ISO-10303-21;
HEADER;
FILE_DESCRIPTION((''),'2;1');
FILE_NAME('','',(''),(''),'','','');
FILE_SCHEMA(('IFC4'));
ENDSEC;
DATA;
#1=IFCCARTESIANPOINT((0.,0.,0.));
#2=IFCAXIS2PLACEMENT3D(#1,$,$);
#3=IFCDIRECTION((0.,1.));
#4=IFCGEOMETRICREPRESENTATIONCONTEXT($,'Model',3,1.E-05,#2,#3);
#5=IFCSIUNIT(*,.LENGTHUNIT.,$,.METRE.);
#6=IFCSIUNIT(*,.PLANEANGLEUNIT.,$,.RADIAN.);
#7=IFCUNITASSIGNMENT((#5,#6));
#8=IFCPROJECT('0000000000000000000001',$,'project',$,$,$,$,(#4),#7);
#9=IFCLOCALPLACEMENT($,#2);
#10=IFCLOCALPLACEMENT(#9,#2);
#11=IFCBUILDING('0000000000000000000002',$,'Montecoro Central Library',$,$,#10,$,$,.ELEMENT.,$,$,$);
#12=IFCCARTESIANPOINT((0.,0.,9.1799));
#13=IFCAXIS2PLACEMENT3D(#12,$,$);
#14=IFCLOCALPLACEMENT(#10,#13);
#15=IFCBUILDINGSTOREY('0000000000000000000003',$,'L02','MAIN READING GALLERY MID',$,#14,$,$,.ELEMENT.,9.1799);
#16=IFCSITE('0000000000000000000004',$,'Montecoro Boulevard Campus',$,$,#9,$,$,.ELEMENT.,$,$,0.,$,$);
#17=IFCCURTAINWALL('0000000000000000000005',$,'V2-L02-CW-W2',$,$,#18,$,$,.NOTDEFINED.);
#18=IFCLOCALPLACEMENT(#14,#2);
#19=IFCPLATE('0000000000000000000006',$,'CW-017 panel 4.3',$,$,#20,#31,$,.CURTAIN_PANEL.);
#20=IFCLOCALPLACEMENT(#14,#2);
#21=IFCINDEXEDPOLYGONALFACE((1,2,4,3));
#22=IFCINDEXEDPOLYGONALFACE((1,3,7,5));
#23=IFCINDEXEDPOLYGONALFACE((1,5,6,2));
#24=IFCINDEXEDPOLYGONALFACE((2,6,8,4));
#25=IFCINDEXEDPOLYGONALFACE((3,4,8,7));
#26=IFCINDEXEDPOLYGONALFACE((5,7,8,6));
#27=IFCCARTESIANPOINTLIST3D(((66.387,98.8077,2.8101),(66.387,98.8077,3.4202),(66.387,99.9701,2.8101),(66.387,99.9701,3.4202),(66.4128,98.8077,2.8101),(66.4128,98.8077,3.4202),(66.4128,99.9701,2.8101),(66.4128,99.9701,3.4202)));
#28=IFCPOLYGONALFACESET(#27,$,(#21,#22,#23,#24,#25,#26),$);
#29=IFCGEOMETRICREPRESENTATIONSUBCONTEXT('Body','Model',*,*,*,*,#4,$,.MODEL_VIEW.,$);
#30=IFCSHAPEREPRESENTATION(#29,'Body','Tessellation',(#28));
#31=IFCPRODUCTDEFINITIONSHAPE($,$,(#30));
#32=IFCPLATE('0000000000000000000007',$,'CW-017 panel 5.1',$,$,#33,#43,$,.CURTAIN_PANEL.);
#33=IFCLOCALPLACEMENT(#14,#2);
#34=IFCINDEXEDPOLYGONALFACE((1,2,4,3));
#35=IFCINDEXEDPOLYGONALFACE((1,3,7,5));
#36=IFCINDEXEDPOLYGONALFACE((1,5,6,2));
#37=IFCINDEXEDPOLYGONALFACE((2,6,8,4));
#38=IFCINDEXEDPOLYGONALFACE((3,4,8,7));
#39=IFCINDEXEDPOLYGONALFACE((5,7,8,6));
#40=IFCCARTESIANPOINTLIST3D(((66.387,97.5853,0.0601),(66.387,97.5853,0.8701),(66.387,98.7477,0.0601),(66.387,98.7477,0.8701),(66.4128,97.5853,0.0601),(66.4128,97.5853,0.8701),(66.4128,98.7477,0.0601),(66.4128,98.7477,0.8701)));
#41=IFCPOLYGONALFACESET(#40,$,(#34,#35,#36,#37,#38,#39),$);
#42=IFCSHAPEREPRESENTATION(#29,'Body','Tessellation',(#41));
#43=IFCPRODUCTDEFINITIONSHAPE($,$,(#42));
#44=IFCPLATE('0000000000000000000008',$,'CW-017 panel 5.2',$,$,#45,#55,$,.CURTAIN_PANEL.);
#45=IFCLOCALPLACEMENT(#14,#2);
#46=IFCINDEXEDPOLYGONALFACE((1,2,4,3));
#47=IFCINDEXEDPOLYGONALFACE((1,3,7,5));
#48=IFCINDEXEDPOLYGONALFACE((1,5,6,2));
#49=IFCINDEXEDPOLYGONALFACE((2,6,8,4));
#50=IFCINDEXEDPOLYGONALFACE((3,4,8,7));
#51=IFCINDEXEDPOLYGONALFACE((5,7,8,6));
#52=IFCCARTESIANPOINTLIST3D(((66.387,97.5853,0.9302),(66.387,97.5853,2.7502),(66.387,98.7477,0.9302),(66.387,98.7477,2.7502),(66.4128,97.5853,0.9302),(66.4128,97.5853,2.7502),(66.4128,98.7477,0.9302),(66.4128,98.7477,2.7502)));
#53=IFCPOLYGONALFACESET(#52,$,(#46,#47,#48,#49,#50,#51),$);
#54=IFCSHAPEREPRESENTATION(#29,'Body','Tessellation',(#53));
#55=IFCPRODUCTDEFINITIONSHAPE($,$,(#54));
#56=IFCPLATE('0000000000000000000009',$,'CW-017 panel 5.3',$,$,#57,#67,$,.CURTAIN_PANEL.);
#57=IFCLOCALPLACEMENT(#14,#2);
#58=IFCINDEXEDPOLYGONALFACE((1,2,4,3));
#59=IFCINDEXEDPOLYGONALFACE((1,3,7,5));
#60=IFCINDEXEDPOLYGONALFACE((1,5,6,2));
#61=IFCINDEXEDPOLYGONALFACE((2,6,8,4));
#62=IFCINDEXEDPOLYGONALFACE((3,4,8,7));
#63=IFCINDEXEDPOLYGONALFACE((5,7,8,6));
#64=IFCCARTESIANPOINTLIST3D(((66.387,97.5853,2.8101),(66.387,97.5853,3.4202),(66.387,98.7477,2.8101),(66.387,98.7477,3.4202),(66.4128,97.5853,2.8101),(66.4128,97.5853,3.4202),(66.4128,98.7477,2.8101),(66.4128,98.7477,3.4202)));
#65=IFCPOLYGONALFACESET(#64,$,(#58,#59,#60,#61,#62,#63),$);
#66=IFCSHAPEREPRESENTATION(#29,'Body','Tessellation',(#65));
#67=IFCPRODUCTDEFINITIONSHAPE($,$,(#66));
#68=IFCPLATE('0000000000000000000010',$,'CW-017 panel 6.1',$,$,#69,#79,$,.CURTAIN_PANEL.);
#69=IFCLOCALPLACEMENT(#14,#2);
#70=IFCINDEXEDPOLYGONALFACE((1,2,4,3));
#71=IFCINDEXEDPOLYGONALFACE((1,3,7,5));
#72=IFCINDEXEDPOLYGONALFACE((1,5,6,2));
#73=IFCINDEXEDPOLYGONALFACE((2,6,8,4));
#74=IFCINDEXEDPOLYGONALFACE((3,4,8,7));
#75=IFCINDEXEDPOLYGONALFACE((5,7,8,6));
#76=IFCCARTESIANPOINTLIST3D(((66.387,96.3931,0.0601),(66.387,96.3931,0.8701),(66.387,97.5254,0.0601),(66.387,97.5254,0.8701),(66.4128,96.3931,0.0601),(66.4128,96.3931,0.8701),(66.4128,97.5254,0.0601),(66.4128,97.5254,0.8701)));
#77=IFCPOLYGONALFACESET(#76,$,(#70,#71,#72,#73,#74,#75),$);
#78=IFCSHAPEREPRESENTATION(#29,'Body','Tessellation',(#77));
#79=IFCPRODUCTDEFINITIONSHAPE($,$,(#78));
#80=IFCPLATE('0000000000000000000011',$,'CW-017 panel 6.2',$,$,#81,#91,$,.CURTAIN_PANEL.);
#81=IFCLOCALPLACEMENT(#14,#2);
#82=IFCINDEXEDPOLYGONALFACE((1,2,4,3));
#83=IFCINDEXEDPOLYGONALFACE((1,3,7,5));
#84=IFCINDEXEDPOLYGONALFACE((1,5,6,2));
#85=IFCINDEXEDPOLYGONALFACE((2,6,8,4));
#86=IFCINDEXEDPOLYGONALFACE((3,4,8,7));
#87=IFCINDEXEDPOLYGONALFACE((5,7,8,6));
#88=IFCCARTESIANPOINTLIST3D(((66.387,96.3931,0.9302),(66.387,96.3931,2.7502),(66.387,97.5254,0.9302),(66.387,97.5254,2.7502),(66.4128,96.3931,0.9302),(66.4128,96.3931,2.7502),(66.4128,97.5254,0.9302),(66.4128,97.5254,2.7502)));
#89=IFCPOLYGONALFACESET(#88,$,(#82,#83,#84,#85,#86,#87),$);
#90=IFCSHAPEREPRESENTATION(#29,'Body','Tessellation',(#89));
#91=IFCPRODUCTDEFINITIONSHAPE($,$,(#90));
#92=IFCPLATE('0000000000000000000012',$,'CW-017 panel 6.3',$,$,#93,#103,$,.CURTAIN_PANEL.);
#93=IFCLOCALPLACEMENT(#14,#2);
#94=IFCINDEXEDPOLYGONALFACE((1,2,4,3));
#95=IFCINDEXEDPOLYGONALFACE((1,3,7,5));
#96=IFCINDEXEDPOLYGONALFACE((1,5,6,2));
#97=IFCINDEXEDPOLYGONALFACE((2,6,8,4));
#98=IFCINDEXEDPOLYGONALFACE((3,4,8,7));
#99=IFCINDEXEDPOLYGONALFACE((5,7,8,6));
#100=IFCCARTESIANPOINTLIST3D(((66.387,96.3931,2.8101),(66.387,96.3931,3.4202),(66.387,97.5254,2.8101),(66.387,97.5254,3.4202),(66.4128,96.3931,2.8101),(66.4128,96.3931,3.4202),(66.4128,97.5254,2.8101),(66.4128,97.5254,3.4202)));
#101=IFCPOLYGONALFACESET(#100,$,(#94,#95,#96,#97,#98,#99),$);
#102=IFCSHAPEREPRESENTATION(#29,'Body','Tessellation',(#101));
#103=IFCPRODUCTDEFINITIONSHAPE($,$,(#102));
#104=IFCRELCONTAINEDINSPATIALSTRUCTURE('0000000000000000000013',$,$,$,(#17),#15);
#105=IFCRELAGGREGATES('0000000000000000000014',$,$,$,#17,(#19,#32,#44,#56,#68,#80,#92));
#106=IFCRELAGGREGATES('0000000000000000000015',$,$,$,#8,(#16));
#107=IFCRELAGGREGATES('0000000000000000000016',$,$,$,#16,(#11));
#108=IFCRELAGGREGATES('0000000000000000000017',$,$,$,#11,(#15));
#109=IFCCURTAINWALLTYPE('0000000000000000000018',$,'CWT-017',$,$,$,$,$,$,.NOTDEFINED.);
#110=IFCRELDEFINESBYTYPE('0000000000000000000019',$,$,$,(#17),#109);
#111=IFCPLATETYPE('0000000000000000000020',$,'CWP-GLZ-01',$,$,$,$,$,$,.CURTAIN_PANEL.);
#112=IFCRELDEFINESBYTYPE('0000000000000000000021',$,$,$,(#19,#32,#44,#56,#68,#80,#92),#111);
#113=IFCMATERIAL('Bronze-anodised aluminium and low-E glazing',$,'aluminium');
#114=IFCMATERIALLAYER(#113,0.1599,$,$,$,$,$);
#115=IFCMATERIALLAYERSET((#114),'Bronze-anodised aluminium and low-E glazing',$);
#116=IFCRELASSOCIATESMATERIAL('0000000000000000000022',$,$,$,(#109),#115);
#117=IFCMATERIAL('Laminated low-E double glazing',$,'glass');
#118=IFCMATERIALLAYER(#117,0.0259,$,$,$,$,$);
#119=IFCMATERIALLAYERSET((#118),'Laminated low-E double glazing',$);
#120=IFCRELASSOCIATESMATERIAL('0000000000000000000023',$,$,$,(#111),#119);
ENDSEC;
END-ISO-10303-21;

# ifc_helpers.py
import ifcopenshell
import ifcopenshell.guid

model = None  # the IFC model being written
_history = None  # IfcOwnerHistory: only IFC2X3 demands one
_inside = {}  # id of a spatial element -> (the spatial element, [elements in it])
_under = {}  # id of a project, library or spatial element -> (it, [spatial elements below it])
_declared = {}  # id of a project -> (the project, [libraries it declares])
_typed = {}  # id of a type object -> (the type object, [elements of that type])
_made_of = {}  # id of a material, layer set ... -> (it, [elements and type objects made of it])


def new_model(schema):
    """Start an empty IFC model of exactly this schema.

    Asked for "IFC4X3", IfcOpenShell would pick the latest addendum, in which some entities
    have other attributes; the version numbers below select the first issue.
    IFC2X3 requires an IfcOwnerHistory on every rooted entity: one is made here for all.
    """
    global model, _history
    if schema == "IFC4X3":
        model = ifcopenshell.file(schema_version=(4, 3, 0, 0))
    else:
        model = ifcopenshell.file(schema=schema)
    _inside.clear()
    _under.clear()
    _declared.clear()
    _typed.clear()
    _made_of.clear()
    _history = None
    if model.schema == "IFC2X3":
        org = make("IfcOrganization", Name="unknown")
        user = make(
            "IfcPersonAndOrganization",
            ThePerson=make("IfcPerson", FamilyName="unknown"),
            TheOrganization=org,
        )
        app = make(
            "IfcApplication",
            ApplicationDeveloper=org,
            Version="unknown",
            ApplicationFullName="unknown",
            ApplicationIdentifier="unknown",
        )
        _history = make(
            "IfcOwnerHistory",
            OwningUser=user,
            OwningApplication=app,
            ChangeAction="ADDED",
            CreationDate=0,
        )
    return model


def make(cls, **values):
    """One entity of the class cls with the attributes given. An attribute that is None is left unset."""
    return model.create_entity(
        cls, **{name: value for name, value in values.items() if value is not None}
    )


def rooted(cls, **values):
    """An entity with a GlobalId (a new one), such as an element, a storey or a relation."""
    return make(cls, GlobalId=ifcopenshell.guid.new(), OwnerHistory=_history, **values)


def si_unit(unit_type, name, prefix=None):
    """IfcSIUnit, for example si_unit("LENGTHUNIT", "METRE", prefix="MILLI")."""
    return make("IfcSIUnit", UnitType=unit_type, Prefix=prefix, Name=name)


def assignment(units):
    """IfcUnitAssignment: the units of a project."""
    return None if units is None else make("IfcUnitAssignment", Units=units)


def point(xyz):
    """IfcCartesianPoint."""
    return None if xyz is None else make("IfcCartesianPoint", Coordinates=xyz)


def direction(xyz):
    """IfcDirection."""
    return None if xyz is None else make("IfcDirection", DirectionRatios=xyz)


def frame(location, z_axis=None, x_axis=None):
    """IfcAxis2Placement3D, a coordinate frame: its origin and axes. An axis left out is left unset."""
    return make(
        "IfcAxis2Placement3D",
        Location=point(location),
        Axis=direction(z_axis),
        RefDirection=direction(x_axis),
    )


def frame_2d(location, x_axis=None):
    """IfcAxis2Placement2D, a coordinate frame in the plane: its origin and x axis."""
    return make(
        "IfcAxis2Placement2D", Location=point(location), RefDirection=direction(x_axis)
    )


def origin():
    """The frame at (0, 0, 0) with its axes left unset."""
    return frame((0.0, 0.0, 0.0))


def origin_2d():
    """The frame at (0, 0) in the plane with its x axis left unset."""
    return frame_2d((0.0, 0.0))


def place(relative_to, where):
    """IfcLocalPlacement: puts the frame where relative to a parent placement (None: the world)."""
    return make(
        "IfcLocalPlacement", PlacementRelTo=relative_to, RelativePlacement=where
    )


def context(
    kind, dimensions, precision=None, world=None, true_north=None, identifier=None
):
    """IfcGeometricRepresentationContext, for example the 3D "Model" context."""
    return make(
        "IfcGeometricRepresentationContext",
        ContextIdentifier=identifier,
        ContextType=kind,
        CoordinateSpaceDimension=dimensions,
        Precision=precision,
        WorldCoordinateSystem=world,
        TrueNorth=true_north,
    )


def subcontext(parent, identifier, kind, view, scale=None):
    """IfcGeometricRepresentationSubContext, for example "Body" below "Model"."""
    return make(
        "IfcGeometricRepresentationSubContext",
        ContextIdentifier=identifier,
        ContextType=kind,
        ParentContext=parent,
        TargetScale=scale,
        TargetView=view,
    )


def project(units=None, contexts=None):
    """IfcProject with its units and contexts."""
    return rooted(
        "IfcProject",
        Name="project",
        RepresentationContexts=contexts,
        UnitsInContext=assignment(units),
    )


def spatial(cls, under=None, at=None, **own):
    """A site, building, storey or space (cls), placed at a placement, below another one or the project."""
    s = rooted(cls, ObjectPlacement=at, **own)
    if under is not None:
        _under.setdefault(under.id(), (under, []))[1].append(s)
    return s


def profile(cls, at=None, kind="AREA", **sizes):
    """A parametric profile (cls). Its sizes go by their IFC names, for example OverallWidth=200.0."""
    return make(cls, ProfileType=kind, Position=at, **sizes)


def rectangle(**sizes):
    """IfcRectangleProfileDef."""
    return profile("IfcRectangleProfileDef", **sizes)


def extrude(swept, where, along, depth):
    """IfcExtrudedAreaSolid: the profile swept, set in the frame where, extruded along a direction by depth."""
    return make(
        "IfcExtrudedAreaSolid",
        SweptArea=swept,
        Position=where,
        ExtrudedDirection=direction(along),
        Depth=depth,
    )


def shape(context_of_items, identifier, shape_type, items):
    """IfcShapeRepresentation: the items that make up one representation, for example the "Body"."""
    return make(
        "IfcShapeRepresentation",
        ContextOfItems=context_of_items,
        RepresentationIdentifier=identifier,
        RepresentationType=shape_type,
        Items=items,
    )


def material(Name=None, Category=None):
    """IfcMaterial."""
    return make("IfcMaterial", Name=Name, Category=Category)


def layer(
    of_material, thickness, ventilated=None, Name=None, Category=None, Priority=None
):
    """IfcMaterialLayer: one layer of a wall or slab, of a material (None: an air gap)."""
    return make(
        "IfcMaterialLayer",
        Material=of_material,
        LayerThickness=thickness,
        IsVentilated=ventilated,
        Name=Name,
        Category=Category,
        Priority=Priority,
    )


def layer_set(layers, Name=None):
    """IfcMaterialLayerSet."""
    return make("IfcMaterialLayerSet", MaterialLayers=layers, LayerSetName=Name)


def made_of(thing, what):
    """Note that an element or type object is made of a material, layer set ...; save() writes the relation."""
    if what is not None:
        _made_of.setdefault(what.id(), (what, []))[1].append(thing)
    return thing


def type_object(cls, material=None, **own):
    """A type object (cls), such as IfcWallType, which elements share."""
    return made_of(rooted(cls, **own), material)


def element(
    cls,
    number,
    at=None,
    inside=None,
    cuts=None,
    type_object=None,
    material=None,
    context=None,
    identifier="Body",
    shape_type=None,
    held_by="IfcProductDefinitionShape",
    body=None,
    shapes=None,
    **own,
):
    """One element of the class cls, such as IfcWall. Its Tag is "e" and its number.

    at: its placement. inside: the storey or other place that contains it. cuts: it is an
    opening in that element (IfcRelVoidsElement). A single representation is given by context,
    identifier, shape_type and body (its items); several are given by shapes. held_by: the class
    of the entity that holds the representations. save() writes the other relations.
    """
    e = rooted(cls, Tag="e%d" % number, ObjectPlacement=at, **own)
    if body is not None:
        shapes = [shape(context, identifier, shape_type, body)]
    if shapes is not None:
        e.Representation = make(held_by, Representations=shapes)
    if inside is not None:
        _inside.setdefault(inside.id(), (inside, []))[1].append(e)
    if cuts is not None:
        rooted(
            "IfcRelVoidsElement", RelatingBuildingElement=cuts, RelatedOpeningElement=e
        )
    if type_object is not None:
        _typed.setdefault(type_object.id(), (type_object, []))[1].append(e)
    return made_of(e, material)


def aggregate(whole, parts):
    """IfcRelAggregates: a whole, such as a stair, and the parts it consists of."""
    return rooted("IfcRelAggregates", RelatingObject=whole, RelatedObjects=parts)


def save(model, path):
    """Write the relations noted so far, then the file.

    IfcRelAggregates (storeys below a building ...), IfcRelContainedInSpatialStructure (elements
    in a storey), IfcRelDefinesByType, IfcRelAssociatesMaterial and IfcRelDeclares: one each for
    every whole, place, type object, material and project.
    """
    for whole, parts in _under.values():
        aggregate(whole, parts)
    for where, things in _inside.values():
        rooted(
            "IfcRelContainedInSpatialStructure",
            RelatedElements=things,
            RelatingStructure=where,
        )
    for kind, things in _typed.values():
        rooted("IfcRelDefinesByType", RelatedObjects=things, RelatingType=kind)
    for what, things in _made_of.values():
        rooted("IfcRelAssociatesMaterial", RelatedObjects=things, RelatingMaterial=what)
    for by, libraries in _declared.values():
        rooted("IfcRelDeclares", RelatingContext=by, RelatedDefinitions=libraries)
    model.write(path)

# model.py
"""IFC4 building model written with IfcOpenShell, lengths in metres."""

from ifc_helpers import new_model, si_unit, direction, frame, origin, origin_2d, place, context, subcontext, project, spatial, rectangle, extrude, material, layer, layer_set, type_object, element, aggregate, save


model = new_model("IFC4")

# Units and contexts
model_context = context("Model", 3, precision=1e-05, world=origin(), true_north=direction((0.0, 1.0)))
body_context = subcontext(model_context, "Body", "Model", "MODEL_VIEW")
ifc_project = project(units=[si_unit("LENGTHUNIT", "METRE"), si_unit("PLANEANGLEUNIT", "RADIAN")], contexts=[model_context])

# Site, building, storey
site_placement = place(None, origin())
site = spatial("IfcSite", under=ifc_project, at=site_placement, Name="Montecoro Boulevard Campus", CompositionType="ELEMENT", RefElevation=0.0)
building_placement = place(site_placement, origin())
building = spatial("IfcBuilding", under=site, at=building_placement, Name="Montecoro Central Library", CompositionType="ELEMENT")
storey_placement = place(building_placement, frame((0.0, 0.0, 9.1799)))
storey = spatial("IfcBuildingStorey", under=building, at=storey_placement, Name="L02", Description="MAIN READING GALLERY MID", CompositionType="ELEMENT", Elevation=9.1799)

# Curtain wall, plates
ifc_material_1 = material(Name="Bronze-anodised aluminium and low-E glazing", Category="aluminium")
ifc_layer_1 = layer(ifc_material_1, 0.1599)
ifc_layer_set_1 = layer_set([ifc_layer_1], Name="Bronze-anodised aluminium and low-E glazing")
curtain_wall_type = type_object("IfcCurtainWallType", Name="CWT-017", PredefinedType="NOTDEFINED", material=ifc_layer_set_1)
curtain_wall_placement = place(storey_placement, origin())
curtain_wall = element("IfcCurtainWall", 1, at=curtain_wall_placement, inside=storey, type_object=curtain_wall_type, Name="V2-L02-CW-W2", PredefinedType="NOTDEFINED")
ifc_material_2 = material(Name="Laminated low-E double glazing", Category="glass")
ifc_layer_2 = layer(ifc_material_2, 0.0259)
ifc_layer_set_2 = layer_set([ifc_layer_2], Name="Laminated low-E double glazing")
plate_type = type_object("IfcPlateType", Name="CWP-GLZ-01", PredefinedType="CURTAIN_PANEL", material=ifc_layer_set_2)
plate_1_placement = place(storey_placement, frame((66.3999, 99.3889, 2.8101), z_axis=(0.0, 0.0, 1.0), x_axis=(0.0, -1.0, 0.0)))
plate_1 = element("IfcPlate", 2, at=plate_1_placement, type_object=plate_type, Name="CW-017 panel 4.3", PredefinedType="CURTAIN_PANEL", context=body_context, shape_type="SweptSolid", body=[
    extrude(rectangle(XDim=1.1624, YDim=0.0259, at=origin_2d()), origin(), (0.0, 0.0, 1.0), 0.6101),
])
plate_2_placement = place(storey_placement, frame((66.3999, 98.1665, 0.0601), z_axis=(0.0, 0.0, 1.0), x_axis=(0.0, -1.0, 0.0)))
plate_2 = element("IfcPlate", 3, at=plate_2_placement, type_object=plate_type, Name="CW-017 panel 5.1", PredefinedType="CURTAIN_PANEL", context=body_context, shape_type="SweptSolid", body=[
    extrude(rectangle(XDim=1.1624, YDim=0.0259, at=origin_2d()), origin(), (0.0, 0.0, 1.0), 0.8101),
])
plate_3_placement = place(storey_placement, frame((66.3999, 98.1665, 0.9302), z_axis=(0.0, 0.0, 1.0), x_axis=(0.0, -1.0, 0.0)))
plate_3 = element("IfcPlate", 4, at=plate_3_placement, type_object=plate_type, Name="CW-017 panel 5.2", PredefinedType="CURTAIN_PANEL", context=body_context, shape_type="SweptSolid", body=[
    extrude(rectangle(XDim=1.1624, YDim=0.0259, at=origin_2d()), origin(), (0.0, 0.0, 1.0), 1.8201),
])
plate_4_placement = place(storey_placement, frame((66.3999, 98.1665, 2.8101), z_axis=(0.0, 0.0, 1.0), x_axis=(0.0, -1.0, 0.0)))
plate_4 = element("IfcPlate", 5, at=plate_4_placement, type_object=plate_type, Name="CW-017 panel 5.3", PredefinedType="CURTAIN_PANEL", context=body_context, shape_type="SweptSolid", body=[
    extrude(rectangle(XDim=1.1624, YDim=0.0259, at=origin_2d()), origin(), (0.0, 0.0, 1.0), 0.6101),
])
plate_5_placement = place(storey_placement, frame((66.3999, 96.9592, 0.0601), z_axis=(0.0, 0.0, 1.0), x_axis=(0.0, -1.0, 0.0)))
plate_5 = element("IfcPlate", 6, at=plate_5_placement, type_object=plate_type, Name="CW-017 panel 6.1", PredefinedType="CURTAIN_PANEL", context=body_context, shape_type="SweptSolid", body=[
    extrude(rectangle(XDim=1.1323, YDim=0.0259, at=origin_2d()), origin(), (0.0, 0.0, 1.0), 0.8101),
])
plate_6_placement = place(storey_placement, frame((66.3999, 96.9592, 0.9302), z_axis=(0.0, 0.0, 1.0), x_axis=(0.0, -1.0, 0.0)))
plate_6 = element("IfcPlate", 7, at=plate_6_placement, type_object=plate_type, Name="CW-017 panel 6.2", PredefinedType="CURTAIN_PANEL", context=body_context, shape_type="SweptSolid", body=[
    extrude(rectangle(XDim=1.1323, YDim=0.0259, at=origin_2d()), origin(), (0.0, 0.0, 1.0), 1.8201),
])
plate_7_placement = place(storey_placement, frame((66.3999, 96.9592, 2.8101), z_axis=(0.0, 0.0, 1.0), x_axis=(0.0, -1.0, 0.0)))
plate_7 = element("IfcPlate", 8, at=plate_7_placement, type_object=plate_type, Name="CW-017 panel 6.3", PredefinedType="CURTAIN_PANEL", context=body_context, shape_type="SweptSolid", body=[
    extrude(rectangle(XDim=1.1323, YDim=0.0259, at=origin_2d()), origin(), (0.0, 0.0, 1.0), 0.6101),
])
aggregate(curtain_wall, [plate_1, plate_2, plate_3, plate_4, plate_5, plate_6, plate_7])

save(model, "model.ifc")
